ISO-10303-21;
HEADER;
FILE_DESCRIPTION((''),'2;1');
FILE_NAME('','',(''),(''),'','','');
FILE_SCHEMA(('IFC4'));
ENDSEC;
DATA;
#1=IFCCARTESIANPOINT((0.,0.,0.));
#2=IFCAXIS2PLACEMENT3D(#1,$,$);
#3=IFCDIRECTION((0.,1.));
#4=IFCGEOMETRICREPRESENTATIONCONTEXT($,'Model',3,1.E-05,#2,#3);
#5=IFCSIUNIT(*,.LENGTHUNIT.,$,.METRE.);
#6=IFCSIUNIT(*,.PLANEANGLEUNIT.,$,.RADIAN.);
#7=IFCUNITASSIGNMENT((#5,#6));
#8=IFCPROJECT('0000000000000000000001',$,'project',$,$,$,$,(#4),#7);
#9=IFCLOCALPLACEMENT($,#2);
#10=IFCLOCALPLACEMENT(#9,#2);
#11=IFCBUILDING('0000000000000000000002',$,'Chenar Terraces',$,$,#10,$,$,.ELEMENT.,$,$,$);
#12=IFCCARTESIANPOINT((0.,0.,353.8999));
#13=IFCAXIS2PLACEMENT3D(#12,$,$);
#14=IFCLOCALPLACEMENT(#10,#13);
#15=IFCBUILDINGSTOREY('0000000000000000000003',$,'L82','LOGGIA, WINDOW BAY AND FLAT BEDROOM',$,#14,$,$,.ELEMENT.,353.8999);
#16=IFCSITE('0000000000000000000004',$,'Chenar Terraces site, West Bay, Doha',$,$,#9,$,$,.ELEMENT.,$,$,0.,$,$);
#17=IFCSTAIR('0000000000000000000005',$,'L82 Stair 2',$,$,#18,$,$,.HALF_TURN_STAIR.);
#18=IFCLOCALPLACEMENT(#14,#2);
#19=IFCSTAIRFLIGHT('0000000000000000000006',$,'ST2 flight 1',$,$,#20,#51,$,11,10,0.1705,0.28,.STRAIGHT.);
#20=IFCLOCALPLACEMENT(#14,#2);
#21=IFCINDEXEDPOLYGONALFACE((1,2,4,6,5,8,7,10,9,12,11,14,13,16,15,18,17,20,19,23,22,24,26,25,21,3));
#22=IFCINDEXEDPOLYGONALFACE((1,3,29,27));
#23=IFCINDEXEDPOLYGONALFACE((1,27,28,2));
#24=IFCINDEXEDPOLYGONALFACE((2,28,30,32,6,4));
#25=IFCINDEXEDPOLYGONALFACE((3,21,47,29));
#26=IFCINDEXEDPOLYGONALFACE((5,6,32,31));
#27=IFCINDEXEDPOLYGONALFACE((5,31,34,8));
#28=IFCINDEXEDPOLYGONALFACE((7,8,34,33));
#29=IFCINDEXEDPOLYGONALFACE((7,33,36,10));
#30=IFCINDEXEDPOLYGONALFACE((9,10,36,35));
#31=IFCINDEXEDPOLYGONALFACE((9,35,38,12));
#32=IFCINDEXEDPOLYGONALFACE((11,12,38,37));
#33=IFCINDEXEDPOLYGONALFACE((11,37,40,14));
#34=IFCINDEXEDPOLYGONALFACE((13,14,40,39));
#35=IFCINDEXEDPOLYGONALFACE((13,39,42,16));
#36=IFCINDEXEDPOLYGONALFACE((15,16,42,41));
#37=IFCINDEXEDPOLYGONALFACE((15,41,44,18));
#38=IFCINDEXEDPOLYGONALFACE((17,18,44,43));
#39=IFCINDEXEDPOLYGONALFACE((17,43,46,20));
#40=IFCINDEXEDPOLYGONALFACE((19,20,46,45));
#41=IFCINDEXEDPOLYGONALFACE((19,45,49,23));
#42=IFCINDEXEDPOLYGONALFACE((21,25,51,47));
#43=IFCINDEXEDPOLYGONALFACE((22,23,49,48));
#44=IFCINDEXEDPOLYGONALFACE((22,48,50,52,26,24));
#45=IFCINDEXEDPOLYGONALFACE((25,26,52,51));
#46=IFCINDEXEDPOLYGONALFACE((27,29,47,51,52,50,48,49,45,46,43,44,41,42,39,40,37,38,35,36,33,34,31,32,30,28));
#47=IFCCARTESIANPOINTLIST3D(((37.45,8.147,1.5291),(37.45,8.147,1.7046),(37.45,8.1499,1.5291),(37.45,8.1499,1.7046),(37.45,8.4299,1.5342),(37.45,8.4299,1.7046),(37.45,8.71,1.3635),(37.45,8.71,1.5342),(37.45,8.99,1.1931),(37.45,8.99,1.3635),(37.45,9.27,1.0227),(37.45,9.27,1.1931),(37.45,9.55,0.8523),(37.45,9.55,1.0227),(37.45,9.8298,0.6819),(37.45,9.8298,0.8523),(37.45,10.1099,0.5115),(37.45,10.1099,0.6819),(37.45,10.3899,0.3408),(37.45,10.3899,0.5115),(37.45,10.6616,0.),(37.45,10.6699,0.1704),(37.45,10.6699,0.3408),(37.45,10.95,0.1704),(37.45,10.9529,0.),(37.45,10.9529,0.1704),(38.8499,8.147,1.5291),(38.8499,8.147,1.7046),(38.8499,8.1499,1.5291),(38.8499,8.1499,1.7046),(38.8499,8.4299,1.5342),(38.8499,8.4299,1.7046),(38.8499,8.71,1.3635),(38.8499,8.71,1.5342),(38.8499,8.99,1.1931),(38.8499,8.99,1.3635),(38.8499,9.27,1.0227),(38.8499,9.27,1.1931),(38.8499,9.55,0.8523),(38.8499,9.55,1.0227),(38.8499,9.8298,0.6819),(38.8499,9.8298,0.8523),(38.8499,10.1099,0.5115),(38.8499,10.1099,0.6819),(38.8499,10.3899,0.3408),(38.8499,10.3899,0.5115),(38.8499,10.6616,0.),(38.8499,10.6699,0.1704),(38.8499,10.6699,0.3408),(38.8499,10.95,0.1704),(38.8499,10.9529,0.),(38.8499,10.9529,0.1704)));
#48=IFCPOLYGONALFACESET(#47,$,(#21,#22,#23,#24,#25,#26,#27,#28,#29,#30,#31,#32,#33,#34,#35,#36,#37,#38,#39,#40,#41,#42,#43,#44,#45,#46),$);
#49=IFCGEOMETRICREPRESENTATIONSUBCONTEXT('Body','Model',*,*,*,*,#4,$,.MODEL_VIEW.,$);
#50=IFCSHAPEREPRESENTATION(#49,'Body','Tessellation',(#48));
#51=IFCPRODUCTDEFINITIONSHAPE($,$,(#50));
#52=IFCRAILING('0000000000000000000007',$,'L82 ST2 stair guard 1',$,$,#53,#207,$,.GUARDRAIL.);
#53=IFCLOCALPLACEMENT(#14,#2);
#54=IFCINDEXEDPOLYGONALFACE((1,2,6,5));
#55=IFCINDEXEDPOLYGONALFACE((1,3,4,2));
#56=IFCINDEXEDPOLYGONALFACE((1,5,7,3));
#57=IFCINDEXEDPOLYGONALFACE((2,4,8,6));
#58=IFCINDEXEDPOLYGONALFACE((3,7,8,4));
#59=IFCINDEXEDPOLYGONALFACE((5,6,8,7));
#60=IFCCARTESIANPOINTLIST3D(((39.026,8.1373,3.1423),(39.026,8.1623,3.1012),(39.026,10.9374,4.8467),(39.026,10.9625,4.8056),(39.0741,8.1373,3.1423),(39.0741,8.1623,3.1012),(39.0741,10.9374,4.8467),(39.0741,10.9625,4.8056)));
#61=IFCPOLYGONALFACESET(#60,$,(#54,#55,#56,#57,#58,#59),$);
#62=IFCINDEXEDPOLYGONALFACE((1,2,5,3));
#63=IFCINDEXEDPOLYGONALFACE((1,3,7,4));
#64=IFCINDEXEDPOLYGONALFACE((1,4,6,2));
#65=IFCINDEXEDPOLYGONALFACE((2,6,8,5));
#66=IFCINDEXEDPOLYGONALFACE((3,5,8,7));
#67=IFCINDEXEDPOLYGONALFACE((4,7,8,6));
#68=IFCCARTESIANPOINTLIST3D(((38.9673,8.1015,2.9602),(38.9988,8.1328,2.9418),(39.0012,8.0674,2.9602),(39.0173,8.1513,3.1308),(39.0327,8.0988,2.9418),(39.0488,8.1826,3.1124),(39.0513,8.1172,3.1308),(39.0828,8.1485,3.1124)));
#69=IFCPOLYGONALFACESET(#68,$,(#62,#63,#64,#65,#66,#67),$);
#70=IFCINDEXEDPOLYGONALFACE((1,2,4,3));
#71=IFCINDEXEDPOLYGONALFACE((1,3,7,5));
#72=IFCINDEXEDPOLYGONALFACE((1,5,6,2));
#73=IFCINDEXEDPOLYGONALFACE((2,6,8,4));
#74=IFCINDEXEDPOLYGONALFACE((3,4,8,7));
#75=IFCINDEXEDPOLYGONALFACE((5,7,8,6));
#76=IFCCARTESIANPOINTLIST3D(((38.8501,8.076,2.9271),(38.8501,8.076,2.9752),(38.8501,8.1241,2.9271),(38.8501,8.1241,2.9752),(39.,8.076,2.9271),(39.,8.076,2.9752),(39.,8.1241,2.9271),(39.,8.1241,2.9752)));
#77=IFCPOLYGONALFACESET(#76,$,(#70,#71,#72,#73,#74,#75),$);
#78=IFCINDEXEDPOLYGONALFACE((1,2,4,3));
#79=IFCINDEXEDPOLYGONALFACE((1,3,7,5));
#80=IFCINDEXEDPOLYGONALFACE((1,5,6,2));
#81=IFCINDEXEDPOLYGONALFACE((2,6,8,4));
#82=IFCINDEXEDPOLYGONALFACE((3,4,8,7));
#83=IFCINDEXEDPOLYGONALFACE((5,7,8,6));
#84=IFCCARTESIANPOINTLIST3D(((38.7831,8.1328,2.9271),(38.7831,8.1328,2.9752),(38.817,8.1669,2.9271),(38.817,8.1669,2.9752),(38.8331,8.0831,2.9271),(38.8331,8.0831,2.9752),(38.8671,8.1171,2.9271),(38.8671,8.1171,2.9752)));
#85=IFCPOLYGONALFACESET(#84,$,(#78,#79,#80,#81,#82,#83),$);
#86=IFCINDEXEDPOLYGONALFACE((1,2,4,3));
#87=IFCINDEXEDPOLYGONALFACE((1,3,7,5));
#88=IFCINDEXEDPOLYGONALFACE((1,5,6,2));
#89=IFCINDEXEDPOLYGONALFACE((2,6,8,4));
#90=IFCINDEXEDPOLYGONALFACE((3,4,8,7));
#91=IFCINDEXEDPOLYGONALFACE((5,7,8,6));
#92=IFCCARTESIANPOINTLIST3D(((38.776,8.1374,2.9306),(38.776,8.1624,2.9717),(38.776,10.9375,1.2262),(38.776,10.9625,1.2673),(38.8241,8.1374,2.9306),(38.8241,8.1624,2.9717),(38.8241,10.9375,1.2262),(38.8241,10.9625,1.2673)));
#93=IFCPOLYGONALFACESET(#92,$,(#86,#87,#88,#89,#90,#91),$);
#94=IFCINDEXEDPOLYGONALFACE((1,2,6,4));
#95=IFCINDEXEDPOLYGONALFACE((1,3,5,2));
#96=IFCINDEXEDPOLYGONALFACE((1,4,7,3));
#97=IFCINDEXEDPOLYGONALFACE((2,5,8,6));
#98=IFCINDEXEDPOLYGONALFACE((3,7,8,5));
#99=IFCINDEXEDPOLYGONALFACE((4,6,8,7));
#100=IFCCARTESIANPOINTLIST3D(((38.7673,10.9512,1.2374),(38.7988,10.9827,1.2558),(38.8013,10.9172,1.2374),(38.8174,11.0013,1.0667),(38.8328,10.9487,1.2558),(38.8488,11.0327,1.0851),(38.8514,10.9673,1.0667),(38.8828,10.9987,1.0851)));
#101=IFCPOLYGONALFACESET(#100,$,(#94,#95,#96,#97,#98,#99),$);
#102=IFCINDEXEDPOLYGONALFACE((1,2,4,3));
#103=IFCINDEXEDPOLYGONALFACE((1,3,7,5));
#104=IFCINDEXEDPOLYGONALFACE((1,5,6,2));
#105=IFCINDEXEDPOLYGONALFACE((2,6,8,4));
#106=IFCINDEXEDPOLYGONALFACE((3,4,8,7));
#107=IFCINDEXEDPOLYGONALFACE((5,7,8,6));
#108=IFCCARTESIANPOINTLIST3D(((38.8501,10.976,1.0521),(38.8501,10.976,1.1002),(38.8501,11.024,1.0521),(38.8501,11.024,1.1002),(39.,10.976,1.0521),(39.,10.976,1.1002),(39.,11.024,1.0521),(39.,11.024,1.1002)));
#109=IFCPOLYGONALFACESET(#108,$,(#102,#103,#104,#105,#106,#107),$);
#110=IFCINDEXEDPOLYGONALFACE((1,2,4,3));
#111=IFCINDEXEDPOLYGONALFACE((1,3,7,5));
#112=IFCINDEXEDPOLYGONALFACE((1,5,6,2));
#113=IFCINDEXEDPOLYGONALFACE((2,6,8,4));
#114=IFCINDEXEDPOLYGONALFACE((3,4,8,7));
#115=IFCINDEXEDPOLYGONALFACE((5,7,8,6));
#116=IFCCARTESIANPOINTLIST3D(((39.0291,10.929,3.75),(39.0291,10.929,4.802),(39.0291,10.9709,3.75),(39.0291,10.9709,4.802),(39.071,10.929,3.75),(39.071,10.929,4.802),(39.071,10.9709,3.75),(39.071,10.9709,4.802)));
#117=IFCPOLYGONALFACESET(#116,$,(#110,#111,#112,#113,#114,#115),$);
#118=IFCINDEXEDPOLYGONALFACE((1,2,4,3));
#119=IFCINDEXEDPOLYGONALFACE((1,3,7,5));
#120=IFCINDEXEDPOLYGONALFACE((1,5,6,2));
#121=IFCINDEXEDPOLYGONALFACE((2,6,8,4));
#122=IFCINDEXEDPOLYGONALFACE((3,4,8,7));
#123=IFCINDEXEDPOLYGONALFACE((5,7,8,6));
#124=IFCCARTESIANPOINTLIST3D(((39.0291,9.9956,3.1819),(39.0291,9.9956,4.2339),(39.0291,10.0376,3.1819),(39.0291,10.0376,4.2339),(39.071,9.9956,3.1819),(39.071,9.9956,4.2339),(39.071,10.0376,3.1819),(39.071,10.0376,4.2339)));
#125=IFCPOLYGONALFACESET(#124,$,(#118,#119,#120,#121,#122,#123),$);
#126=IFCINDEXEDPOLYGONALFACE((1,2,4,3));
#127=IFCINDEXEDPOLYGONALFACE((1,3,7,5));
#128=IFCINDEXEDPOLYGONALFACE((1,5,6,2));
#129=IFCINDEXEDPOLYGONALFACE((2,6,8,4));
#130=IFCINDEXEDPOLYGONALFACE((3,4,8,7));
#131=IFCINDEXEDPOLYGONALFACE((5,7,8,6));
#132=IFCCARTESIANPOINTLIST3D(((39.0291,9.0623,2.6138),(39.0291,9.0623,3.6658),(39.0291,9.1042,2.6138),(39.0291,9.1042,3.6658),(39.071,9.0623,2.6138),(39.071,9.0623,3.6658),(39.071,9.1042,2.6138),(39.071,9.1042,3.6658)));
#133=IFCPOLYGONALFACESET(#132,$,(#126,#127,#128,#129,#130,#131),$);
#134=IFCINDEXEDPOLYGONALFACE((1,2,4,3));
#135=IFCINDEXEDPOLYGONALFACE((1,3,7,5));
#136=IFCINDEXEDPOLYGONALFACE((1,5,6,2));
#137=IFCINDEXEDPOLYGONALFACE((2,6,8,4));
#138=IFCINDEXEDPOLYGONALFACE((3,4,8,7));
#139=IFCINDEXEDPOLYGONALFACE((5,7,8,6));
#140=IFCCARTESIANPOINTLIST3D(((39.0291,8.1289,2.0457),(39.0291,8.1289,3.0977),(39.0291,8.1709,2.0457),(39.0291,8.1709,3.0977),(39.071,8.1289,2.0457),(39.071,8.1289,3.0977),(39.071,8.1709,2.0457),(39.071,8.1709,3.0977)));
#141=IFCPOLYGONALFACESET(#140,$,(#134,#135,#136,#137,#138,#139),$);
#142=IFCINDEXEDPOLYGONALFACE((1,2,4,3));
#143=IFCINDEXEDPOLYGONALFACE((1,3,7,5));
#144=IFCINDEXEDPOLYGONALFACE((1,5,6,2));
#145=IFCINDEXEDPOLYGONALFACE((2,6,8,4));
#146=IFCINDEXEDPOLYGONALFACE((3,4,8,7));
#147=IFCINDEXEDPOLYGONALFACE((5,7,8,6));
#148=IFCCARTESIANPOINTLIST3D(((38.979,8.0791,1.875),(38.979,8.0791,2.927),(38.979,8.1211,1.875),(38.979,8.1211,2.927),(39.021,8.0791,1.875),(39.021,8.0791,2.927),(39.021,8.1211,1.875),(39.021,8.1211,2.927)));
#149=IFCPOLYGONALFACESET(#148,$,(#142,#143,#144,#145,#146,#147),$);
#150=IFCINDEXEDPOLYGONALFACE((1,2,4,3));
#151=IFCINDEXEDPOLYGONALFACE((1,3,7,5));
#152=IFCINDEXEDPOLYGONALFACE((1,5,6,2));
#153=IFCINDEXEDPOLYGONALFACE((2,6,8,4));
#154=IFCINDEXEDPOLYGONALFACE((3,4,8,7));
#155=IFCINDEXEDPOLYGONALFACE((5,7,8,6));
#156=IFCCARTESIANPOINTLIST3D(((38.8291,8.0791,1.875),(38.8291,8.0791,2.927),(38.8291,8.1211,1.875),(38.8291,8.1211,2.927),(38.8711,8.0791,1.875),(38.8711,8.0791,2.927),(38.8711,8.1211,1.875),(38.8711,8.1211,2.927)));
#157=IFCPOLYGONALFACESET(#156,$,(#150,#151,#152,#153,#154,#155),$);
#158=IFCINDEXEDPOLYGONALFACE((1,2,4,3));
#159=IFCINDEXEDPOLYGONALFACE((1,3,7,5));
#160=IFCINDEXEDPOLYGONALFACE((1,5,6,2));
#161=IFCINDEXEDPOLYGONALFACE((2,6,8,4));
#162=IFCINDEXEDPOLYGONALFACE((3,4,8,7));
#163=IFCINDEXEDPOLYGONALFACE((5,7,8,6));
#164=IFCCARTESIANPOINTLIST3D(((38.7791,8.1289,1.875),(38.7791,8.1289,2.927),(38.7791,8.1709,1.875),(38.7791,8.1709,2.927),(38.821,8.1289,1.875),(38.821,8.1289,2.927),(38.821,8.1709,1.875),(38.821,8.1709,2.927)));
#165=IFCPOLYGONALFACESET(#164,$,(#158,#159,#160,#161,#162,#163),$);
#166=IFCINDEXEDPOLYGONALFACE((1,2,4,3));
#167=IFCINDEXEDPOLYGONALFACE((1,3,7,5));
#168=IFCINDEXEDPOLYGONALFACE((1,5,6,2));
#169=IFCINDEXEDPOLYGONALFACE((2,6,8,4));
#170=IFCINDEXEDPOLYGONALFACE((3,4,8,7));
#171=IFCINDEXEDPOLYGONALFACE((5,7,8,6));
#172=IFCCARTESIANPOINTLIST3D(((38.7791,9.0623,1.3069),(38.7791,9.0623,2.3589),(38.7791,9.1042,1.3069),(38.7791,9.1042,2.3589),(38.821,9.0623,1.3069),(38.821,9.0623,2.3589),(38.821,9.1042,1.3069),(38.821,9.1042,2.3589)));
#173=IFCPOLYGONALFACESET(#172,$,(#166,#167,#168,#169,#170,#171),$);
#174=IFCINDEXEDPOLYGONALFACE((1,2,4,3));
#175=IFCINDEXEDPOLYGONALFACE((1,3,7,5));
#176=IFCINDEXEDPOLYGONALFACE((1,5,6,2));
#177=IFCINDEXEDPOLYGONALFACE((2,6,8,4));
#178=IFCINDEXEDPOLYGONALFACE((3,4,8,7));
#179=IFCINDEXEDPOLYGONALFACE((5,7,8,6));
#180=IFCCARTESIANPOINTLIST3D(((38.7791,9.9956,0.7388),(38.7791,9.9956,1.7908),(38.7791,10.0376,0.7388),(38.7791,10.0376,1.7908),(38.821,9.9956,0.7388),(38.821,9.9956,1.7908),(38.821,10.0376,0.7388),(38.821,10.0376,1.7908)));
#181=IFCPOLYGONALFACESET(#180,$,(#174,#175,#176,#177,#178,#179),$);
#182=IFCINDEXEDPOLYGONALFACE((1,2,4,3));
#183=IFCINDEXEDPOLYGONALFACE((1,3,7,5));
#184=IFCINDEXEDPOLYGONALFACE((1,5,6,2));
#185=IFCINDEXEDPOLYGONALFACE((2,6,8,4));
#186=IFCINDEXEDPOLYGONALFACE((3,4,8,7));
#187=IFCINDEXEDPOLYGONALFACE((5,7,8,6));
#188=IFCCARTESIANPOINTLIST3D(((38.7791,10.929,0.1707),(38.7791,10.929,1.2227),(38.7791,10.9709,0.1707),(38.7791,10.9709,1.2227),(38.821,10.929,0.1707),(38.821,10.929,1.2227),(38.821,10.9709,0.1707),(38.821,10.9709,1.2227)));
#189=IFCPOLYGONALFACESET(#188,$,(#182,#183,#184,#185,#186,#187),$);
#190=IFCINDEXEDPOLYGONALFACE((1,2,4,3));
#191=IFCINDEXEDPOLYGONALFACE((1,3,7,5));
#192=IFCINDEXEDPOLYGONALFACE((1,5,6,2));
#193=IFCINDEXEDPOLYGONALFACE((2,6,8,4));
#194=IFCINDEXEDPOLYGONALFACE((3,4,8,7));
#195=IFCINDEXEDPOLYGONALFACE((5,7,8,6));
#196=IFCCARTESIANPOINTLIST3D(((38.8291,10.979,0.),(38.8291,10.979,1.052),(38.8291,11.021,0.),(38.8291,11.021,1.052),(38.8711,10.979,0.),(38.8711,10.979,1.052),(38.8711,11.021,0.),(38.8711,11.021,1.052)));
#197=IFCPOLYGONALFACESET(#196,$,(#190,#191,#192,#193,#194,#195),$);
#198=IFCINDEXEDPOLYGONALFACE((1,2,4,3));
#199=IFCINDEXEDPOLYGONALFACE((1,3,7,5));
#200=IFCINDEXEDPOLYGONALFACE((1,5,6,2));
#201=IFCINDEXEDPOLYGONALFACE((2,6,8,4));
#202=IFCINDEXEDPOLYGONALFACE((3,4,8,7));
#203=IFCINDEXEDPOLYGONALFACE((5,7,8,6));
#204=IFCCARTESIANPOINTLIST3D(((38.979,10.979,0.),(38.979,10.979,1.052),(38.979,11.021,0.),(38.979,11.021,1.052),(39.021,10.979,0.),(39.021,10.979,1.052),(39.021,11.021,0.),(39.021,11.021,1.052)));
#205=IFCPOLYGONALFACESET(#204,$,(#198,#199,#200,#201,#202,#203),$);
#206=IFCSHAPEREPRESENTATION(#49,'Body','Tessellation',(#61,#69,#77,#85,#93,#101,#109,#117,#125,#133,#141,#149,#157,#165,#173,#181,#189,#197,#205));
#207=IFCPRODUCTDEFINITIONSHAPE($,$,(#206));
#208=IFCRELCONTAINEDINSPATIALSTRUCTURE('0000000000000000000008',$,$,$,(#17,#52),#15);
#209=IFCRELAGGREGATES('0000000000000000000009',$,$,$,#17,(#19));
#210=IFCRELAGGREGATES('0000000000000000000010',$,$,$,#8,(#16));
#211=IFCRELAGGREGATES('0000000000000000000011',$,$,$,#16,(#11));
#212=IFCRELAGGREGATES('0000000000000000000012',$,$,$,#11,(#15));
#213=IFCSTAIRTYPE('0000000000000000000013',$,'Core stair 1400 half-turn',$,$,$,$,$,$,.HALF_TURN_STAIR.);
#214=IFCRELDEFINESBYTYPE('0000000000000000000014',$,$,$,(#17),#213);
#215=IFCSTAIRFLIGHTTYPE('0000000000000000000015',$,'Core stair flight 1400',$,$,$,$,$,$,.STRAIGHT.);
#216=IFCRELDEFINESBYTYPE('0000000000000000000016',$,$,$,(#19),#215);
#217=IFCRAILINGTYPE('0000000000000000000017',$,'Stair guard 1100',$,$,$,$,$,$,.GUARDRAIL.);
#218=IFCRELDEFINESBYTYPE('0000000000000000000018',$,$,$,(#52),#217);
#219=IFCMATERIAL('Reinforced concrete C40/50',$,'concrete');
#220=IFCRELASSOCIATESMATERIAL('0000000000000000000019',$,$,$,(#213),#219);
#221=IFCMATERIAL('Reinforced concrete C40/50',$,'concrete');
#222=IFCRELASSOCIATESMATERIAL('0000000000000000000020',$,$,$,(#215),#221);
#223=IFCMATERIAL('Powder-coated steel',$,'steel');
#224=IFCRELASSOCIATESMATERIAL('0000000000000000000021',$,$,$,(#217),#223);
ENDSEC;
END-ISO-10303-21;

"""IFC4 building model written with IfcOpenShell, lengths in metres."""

from ifc_helpers import new_model, si_unit, direction, frame, origin, origin_2d, place, context, subcontext, project, spatial, polyline, rectangle, outline, extrude, material, type_object, element, aggregate, save


model = new_model("IFC4")

# Units and contexts
model_context = context("Model", 3, precision=1e-05, world=origin(), true_north=direction((0.0, 1.0)))
body_context = subcontext(model_context, "Body", "Model", "MODEL_VIEW")
ifc_project = project(units=[si_unit("LENGTHUNIT", "METRE"), si_unit("PLANEANGLEUNIT", "RADIAN")], contexts=[model_context])

# Site, building, storey
site_placement = place(None, origin())
site = spatial("IfcSite", under=ifc_project, at=site_placement, Name="Chenar Terraces site, West Bay, Doha", CompositionType="ELEMENT", RefElevation=0.0)
building_placement = place(site_placement, origin())
building = spatial("IfcBuilding", under=site, at=building_placement, Name="Chenar Terraces", CompositionType="ELEMENT")
storey_placement = place(building_placement, frame((0.0, 0.0, 353.8999)))
storey = spatial("IfcBuildingStorey", under=building, at=storey_placement, Name="L82", Description="LOGGIA, WINDOW BAY AND FLAT BEDROOM", CompositionType="ELEMENT", Elevation=353.8999)

# Stair, stair flight
ifc_material_1 = material(Name="Reinforced concrete C40/50", Category="concrete")
stair_type = type_object("IfcStairType", Name="Core stair 1400 half-turn", PredefinedType="HALF_TURN_STAIR", material=ifc_material_1)
stair_placement = place(storey_placement, origin())
stair = element("IfcStair", 1, at=stair_placement, inside=storey, type_object=stair_type, Name="L82 Stair 2", PredefinedType="HALF_TURN_STAIR")
ifc_material_2 = material(Name="Reinforced concrete C40/50", Category="concrete")
stair_flight_type = type_object("IfcStairFlightType", Name="Core stair flight 1400", PredefinedType="STRAIGHT", material=ifc_material_2)
stair_flight_placement = place(storey_placement, frame((38.1499, 10.95, 0.0), z_axis=(0.0, 0.0, 1.0), x_axis=(0.0, -1.0, 0.0)))
stair_flight = element("IfcStairFlight", 2, at=stair_flight_placement, type_object=stair_flight_type, Name="ST2 flight 1", NumberOfRisers=11, NumberOfTreads=10, PredefinedType="STRAIGHT", RiserHeight=0.1705, TreadLength=0.28, context=body_context, shape_type="SweptSolid", body=[
    extrude(outline(polyline([(-0.0029, 0.0), (-0.0029, 0.1704), (0.0, 0.1704), (0.28, 0.1704), (0.28, 0.3408), (0.5601, 0.3408), (0.5601, 0.5115), (0.8401, 0.5115), (0.8401, 0.6819), (1.1201, 0.6819), (1.1201, 0.8523), (1.3999, 0.8523), (1.3999, 1.0227), (1.6799, 1.0227), (1.6799, 1.1931), (1.96, 1.1931), (1.96, 1.3635), (2.24, 1.3635), (2.24, 1.5342), (2.52, 1.5342), (2.52, 1.7046), (2.8, 1.7046), (2.803, 1.7046), (2.803, 1.5291), (2.8, 1.5291), (0.2883, 0.0), (-0.0029, 0.0)])), frame((0.0, 0.7, 0.0), z_axis=(0.0, -1.0, 0.0), x_axis=(1.0, 0.0, 0.0)), (0.0, 0.0, 1.0), 1.3999),
])
aggregate(stair, [stair_flight])

# Railing
ifc_material_3 = material(Name="Powder-coated steel", Category="steel")
railing_type_1 = type_object("IfcRailingType", Name="Stair guard 1100", PredefinedType="GUARDRAIL", material=ifc_material_3)
railing_1_placement = place(storey_placement, frame((39.05, 10.95, 3.75)))
element("IfcRailing", 3, at=railing_1_placement, inside=storey, type_object=railing_type_1, Name="L82 ST2 stair guard 1", PredefinedType="GUARDRAIL", context=body_context, shape_type="SweptSolid", body=[
    extrude(rectangle(XDim=0.0481, YDim=0.0481, at=origin_2d()), frame((0.0, 0.0, 1.0762), z_axis=(0.0, -0.854203, -0.51994), x_axis=(1.0, 0.0, 0.0)), (0.0, 0.0, 1.0), 3.2781),
    extrude(rectangle(XDim=0.0481, YDim=0.0481, at=origin_2d()), frame((0.0, -2.8, -0.6284), z_axis=(-0.270997, -0.269675, -0.924033), x_axis=(0.705376, -0.708834, 0.0)), (0.0, 0.0, 1.0), 0.1846),
    extrude(rectangle(XDim=0.0481, YDim=0.0481, at=origin_2d()), frame((-0.05, -2.8499, -0.7988), z_axis=(-1.0, 0.0, 0.0), x_axis=(0.0, -1.0, 0.0)), (0.0, 0.0, 1.0), 0.1499),
    extrude(rectangle(XDim=0.0481, YDim=0.0481, at=origin_2d()), frame((-0.2, -2.8499, -0.7988), z_axis=(-0.708834, 0.705376, 0.0), x_axis=(-0.705376, -0.708834, 0.0)), (0.0, 0.0, 1.0), 0.0706),
    extrude(rectangle(XDim=0.0481, YDim=0.0481, at=origin_2d()), frame((-0.25, -2.8, -0.7988), z_axis=(0.0, 0.854203, -0.51994), x_axis=(-1.0, 0.0, 0.0)), (0.0, 0.0, 1.0), 3.2781),
    extrude(rectangle(XDim=0.0481, YDim=0.0481, at=origin_2d()), frame((-0.25, 0.0, -2.5034), z_axis=(0.2709, 0.2709, -0.923703), x_axis=(-0.707107, 0.707107, 0.0)), (0.0, 0.0, 1.0), 0.1848),
    extrude(rectangle(XDim=0.0481, YDim=0.0481, at=origin_2d()), frame((-0.2, 0.05, -2.6738), z_axis=(1.0, 0.0, 0.0), x_axis=(0.0, 1.0, 0.0)), (0.0, 0.0, 1.0), 0.1499),
    extrude(rectangle(XDim=0.042, YDim=0.042, at=origin_2d()), origin(), (0.0, 0.0, 1.0), 1.052),
    extrude(rectangle(XDim=0.042, YDim=0.042, at=origin_2d()), frame((0.0, -0.9333, -0.5681)), (0.0, 0.0, 1.0), 1.052),
    extrude(rectangle(XDim=0.042, YDim=0.042, at=origin_2d()), frame((0.0, -1.8667, -1.1362)), (0.0, 0.0, 1.0), 1.052),
    extrude(rectangle(XDim=0.042, YDim=0.042, at=origin_2d()), frame((0.0, -2.8, -1.7043)), (0.0, 0.0, 1.0), 1.052),
    extrude(rectangle(XDim=0.042, YDim=0.042, at=origin_2d()), frame((-0.05, -2.8499, -1.875)), (0.0, 0.0, 1.0), 1.052),
    extrude(rectangle(XDim=0.042, YDim=0.042, at=origin_2d()), frame((-0.2, -2.8499, -1.875)), (0.0, 0.0, 1.0), 1.052),
    extrude(rectangle(XDim=0.042, YDim=0.042, at=origin_2d()), frame((-0.25, -2.8, -1.875)), (0.0, 0.0, 1.0), 1.052),
    extrude(rectangle(XDim=0.042, YDim=0.042, at=origin_2d()), frame((-0.25, -1.8667, -2.4431)), (0.0, 0.0, 1.0), 1.052),
    extrude(rectangle(XDim=0.042, YDim=0.042, at=origin_2d()), frame((-0.25, -0.9333, -3.0112)), (0.0, 0.0, 1.0), 1.052),
    extrude(rectangle(XDim=0.042, YDim=0.042, at=origin_2d()), frame((-0.25, 0.0, -3.5793)), (0.0, 0.0, 1.0), 1.052),
    extrude(rectangle(XDim=0.042, YDim=0.042, at=origin_2d()), frame((-0.2, 0.05, -3.75)), (0.0, 0.0, 1.0), 1.052),
    extrude(rectangle(XDim=0.042, YDim=0.042, at=origin_2d()), frame((-0.05, 0.05, -3.75)), (0.0, 0.0, 1.0), 1.052),
])

save(model, "model.ifc")
